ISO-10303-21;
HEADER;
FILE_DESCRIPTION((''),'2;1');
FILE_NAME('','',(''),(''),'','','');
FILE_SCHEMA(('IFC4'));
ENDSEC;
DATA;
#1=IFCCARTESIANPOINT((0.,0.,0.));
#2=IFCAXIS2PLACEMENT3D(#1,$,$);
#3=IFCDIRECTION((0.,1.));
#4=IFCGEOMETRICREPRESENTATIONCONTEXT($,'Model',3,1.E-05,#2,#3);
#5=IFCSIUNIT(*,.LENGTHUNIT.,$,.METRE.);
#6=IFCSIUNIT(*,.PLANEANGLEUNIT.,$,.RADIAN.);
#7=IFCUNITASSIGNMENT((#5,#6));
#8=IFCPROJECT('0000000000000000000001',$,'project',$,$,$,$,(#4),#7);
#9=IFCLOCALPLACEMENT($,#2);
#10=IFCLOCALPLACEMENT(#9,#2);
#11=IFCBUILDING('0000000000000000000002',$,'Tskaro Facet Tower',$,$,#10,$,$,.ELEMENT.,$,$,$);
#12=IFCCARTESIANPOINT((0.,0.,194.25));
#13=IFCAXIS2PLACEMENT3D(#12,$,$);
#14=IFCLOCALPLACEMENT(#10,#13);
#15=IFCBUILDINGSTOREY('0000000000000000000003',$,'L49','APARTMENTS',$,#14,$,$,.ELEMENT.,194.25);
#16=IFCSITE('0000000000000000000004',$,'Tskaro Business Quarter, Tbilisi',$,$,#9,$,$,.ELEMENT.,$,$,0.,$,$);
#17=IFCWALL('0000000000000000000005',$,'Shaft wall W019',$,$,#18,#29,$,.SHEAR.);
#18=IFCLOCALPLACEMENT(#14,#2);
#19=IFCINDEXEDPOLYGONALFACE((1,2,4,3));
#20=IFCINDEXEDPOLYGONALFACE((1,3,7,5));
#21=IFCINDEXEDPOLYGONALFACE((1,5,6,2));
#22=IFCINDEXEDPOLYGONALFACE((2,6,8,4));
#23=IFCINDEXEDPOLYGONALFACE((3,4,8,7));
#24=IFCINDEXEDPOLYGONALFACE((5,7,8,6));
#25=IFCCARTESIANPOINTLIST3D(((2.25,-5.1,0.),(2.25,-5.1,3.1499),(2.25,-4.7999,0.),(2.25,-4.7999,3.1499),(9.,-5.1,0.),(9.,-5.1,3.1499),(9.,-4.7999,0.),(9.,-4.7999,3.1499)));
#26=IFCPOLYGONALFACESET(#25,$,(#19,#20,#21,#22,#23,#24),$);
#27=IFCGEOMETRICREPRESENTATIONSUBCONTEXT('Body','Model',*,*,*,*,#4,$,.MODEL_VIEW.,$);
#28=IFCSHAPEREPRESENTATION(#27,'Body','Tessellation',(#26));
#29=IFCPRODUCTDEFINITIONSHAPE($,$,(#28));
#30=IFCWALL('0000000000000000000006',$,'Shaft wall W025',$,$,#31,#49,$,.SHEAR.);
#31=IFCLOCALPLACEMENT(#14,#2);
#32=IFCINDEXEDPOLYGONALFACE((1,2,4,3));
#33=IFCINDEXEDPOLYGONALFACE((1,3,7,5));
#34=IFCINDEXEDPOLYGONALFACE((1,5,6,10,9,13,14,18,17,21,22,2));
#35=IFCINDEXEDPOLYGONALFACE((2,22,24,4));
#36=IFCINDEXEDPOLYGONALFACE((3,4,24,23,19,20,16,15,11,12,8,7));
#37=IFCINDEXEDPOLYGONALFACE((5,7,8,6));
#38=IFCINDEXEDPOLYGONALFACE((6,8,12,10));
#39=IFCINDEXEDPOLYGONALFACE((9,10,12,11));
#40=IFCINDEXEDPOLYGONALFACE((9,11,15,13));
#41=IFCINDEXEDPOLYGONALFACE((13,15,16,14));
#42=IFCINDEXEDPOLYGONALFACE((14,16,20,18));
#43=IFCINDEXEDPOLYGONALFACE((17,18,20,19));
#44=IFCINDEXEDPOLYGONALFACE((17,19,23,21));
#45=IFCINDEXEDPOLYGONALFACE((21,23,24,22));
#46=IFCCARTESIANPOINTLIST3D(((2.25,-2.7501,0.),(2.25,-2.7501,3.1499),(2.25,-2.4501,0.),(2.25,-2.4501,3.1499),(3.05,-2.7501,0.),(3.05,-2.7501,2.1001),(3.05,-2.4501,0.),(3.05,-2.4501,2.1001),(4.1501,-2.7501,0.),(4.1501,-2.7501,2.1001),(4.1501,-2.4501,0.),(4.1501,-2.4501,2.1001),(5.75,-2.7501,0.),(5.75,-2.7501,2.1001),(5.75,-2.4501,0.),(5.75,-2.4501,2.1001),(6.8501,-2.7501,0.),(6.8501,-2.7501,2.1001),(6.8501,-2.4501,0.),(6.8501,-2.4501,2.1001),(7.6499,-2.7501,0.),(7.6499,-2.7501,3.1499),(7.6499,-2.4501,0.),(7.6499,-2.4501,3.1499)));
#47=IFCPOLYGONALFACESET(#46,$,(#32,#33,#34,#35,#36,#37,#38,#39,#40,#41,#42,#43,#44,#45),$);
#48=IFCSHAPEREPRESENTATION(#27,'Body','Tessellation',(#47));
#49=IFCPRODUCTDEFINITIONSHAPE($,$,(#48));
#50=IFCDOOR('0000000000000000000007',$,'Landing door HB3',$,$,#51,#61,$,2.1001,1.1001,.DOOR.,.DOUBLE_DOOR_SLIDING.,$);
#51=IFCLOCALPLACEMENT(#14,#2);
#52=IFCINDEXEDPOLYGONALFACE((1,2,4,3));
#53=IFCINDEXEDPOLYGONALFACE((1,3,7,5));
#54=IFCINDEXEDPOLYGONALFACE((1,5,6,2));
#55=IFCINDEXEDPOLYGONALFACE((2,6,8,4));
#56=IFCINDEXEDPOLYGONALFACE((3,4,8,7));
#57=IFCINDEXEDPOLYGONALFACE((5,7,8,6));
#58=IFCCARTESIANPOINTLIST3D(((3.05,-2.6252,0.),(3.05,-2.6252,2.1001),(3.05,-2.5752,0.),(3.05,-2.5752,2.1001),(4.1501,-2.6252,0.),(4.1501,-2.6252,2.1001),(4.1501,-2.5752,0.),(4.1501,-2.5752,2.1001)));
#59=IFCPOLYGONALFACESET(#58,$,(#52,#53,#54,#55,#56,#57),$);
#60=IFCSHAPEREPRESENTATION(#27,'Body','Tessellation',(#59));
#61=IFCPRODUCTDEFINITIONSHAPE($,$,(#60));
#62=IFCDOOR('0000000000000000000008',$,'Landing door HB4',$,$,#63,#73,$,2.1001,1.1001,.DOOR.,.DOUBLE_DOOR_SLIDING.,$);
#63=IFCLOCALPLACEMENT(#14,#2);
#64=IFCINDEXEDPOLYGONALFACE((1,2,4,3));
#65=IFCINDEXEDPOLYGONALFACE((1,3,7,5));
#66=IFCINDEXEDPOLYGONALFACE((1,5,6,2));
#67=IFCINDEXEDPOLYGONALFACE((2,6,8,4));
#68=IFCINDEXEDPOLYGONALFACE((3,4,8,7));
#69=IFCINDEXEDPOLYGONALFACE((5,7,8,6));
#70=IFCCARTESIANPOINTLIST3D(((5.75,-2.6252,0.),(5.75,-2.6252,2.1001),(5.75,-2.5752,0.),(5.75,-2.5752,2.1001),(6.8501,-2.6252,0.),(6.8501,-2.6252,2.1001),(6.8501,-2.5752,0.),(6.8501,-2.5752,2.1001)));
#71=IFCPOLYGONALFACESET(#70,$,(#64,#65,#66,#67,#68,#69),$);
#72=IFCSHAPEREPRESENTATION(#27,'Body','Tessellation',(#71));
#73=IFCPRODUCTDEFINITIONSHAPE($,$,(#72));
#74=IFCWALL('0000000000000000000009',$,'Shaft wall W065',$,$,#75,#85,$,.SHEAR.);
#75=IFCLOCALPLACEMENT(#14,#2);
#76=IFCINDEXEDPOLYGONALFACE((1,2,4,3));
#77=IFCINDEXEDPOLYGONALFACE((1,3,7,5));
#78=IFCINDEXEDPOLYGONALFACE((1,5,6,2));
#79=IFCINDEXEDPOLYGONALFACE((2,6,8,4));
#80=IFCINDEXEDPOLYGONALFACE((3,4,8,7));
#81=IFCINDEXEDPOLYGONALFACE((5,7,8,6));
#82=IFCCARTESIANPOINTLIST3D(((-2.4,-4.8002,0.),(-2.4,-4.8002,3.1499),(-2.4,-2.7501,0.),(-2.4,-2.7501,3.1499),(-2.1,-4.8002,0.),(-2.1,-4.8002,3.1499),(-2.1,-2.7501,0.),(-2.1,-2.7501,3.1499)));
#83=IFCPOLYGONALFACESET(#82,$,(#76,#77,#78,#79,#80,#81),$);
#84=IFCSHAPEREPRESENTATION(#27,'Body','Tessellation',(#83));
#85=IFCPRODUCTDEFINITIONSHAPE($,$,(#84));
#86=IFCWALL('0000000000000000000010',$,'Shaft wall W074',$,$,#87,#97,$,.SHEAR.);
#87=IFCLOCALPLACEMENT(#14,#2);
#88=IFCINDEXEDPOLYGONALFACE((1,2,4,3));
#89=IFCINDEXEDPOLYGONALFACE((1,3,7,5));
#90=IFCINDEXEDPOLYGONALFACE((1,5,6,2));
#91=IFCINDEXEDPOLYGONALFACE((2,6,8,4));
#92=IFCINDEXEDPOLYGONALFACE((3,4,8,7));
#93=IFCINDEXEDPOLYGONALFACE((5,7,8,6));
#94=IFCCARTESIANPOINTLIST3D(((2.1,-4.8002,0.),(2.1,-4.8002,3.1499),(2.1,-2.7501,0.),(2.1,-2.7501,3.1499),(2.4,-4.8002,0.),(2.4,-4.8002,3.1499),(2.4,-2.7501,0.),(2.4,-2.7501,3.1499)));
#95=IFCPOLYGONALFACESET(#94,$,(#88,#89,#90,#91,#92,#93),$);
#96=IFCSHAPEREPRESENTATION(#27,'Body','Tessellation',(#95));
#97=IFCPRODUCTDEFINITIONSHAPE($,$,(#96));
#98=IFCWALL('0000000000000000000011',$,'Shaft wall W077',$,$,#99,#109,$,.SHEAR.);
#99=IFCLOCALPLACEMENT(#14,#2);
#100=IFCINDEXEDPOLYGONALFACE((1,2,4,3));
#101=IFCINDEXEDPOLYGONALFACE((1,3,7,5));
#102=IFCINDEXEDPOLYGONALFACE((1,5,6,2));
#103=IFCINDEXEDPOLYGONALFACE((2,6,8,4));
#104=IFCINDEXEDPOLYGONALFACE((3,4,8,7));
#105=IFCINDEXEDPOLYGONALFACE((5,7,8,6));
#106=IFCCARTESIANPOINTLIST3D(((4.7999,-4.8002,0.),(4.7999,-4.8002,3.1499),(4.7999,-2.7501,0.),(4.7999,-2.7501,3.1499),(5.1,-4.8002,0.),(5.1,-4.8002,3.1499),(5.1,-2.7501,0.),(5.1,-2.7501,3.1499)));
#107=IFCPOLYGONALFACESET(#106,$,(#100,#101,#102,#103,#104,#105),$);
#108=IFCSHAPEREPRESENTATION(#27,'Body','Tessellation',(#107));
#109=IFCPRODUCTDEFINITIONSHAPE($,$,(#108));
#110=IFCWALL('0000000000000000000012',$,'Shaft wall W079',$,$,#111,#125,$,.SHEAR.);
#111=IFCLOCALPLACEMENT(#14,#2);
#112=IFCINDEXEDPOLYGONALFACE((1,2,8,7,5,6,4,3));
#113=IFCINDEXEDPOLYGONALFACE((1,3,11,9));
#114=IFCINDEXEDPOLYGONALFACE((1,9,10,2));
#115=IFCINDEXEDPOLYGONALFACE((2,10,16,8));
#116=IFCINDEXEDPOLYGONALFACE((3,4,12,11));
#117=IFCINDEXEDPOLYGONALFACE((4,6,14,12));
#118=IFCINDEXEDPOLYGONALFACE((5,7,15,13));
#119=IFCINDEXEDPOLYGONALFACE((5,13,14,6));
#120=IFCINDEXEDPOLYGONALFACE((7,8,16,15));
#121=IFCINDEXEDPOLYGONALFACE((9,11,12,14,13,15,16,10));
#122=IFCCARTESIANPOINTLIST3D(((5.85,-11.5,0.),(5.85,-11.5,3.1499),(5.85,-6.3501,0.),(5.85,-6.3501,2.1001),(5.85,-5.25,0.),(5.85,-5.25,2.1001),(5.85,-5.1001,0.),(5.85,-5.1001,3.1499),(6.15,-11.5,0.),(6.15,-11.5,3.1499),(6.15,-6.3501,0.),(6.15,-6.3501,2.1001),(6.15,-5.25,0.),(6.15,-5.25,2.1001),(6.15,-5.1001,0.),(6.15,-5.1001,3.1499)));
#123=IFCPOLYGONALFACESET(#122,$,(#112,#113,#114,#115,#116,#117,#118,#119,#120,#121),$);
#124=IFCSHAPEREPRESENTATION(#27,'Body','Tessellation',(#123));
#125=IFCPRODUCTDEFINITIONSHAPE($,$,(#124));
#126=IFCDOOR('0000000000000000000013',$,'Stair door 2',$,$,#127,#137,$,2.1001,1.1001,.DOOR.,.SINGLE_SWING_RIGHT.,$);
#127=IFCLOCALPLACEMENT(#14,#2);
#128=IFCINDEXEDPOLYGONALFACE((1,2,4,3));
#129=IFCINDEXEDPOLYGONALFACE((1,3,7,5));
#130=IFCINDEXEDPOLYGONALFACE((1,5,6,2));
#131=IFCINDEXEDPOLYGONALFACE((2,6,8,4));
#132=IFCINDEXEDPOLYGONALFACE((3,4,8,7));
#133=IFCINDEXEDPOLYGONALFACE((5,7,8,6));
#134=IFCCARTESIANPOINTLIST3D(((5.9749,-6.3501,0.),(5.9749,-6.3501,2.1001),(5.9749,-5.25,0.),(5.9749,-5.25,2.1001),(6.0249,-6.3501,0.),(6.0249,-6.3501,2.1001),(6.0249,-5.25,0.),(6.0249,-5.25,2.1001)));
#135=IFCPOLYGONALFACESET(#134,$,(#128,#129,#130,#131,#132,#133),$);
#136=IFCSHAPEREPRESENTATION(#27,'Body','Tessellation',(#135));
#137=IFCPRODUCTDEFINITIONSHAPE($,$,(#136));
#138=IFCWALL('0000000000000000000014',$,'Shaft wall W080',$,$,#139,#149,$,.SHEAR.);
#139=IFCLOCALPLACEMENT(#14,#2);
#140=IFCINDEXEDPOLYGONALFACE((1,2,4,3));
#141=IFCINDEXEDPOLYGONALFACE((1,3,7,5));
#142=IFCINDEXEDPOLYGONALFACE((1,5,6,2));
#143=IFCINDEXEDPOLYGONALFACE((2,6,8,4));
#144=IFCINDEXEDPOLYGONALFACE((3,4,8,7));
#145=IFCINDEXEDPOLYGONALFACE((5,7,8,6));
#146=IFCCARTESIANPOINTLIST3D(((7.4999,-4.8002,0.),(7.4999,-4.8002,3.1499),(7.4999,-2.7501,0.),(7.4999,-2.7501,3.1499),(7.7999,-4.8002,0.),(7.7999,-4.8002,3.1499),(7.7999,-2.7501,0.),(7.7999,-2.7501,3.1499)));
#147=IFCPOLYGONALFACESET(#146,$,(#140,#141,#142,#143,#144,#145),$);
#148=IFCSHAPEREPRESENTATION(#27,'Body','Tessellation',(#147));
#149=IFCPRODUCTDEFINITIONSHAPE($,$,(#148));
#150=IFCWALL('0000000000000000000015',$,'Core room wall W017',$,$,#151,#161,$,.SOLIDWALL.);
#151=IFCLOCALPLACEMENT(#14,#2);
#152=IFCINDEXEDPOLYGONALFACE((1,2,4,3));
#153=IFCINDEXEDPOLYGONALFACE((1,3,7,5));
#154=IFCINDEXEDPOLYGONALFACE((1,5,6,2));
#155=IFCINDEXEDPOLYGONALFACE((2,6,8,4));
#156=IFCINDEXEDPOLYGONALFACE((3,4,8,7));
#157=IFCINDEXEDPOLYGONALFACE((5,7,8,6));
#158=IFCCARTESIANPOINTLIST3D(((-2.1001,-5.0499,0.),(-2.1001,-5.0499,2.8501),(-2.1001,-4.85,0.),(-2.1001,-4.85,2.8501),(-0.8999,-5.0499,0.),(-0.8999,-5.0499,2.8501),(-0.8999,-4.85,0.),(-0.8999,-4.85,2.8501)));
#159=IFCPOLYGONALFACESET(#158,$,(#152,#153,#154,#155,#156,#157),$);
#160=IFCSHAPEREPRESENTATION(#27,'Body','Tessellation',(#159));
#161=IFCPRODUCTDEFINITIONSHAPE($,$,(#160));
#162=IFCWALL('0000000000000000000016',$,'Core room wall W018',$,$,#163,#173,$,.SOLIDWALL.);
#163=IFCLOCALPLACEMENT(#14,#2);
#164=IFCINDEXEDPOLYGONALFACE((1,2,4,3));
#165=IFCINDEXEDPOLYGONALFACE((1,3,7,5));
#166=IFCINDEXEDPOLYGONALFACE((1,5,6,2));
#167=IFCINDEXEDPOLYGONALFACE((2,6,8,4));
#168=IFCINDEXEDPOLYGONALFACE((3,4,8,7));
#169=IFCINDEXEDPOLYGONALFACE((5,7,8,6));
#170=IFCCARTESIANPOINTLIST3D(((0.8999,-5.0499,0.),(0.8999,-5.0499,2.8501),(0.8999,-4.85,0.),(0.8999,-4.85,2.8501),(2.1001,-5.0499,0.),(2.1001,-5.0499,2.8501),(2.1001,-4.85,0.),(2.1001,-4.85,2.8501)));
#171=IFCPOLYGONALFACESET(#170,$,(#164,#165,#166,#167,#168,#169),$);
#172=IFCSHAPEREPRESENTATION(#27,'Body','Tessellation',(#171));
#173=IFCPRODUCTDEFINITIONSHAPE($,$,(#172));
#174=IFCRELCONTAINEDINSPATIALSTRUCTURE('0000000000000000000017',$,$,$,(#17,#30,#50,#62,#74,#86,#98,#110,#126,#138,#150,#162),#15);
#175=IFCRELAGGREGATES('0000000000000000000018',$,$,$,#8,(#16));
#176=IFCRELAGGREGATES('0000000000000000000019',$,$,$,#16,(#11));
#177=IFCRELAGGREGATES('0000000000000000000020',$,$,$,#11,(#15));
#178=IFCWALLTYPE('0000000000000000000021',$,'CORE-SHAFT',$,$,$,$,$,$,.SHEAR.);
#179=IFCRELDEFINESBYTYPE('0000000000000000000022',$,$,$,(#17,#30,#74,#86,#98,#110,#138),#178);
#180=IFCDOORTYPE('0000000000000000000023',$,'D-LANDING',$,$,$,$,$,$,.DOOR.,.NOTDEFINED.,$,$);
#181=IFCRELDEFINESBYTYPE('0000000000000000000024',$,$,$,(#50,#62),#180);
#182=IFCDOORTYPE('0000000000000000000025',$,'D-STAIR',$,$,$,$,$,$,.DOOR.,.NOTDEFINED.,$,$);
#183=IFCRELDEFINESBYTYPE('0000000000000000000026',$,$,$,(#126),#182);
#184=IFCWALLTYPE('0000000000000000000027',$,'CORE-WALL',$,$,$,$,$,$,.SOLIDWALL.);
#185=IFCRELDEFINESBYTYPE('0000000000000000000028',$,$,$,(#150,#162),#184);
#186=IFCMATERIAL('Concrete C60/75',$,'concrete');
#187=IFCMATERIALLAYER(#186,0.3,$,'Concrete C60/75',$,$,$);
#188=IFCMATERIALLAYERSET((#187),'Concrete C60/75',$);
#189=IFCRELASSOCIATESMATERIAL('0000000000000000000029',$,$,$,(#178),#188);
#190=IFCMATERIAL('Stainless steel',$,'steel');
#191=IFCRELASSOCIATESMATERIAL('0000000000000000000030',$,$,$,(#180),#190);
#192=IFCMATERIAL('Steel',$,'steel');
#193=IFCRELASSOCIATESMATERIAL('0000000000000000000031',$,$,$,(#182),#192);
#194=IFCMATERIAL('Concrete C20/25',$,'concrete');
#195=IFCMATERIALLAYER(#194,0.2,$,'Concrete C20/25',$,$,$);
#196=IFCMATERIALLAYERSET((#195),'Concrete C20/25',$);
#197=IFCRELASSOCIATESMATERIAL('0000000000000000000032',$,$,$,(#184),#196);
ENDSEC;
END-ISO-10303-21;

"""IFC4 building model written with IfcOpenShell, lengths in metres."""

from ifc_helpers import new_model, si_unit, direction, frame, frame_2d, origin, place, context, subcontext, project, spatial, rectangle, extrude, material, layer, layer_set, type_object, element, fill, save


model = new_model("IFC4")

# Units and contexts
model_context = context("Model", 3, precision=1e-05, world=origin(), true_north=direction((0.0, 1.0)))
body_context = subcontext(model_context, "Body", "Model", "MODEL_VIEW")
ifc_project = project(units=[si_unit("LENGTHUNIT", "METRE"), si_unit("PLANEANGLEUNIT", "RADIAN")], contexts=[model_context])

# Site, building, storey
site_placement = place(None, origin())
site = spatial("IfcSite", under=ifc_project, at=site_placement, Name="Tskaro Business Quarter, Tbilisi", CompositionType="ELEMENT", RefElevation=0.0)
building_placement = place(site_placement, origin())
building = spatial("IfcBuilding", under=site, at=building_placement, Name="Tskaro Facet Tower", CompositionType="ELEMENT")
storey_placement = place(building_placement, frame((0.0, 0.0, 194.25)))
storey = spatial("IfcBuildingStorey", under=building, at=storey_placement, Name="L49", Description="APARTMENTS", CompositionType="ELEMENT", Elevation=194.25)

# Wall
ifc_material_1 = material(Name="Concrete C60/75", Category="concrete")
ifc_layer_1 = layer(ifc_material_1, 0.3, Name="Concrete C60/75")
ifc_layer_set_1 = layer_set([ifc_layer_1], Name="Concrete C60/75")
wall_type_1 = type_object("IfcWallType", Name="CORE-SHAFT", PredefinedType="SHEAR", material=ifc_layer_set_1)
wall_1_placement = place(storey_placement, frame((2.25, -4.95, 0.0), z_axis=(0.0, 0.0, 1.0), x_axis=(1.0, 0.0, 0.0)))
element("IfcWall", 1, at=wall_1_placement, inside=storey, type_object=wall_type_1, Name="Shaft wall W019", PredefinedType="SHEAR", context=body_context, shape_type="SweptSolid", body=[
    extrude(rectangle(XDim=6.75, YDim=0.3, at=frame_2d((3.375, 0.0))), origin(), (0.0, 0.0, 1.0), 3.1499),
])

# Wall, openings, doors
wall_2_placement = place(storey_placement, frame((2.25, -2.6001, 0.0), z_axis=(0.0, 0.0, 1.0), x_axis=(1.0, 0.0, 0.0)))
wall_2 = element("IfcWall", 2, at=wall_2_placement, inside=storey, type_object=wall_type_1, Name="Shaft wall W025", PredefinedType="SHEAR", context=body_context, shape_type="SweptSolid", body=[
    extrude(rectangle(XDim=5.3999, YDim=0.3, at=frame_2d((2.7, 0.0))), origin(), (0.0, 0.0, 1.0), 3.1499),
])
opening_1_placement = place(wall_2_placement, frame((0.8, 0.0, 0.0)))
opening_1 = element("IfcOpeningElement", 3, at=opening_1_placement, cuts=wall_2, PredefinedType="OPENING", context=body_context, shape_type="SweptSolid", body=[
    extrude(rectangle(XDim=1.1001, YDim=2.1001, at=frame_2d((0.55, 1.05))), frame((0.0, 0.1599, 0.0), z_axis=(0.0, -1.0, 0.0), x_axis=(1.0, 0.0, 0.0)), (0.0, 0.0, 1.0), 0.3201),
])
opening_2_placement = place(wall_2_placement, frame((3.5, 0.0, 0.0)))
opening_2 = element("IfcOpeningElement", 4, at=opening_2_placement, cuts=wall_2, PredefinedType="OPENING", context=body_context, shape_type="SweptSolid", body=[
    extrude(rectangle(XDim=1.1001, YDim=2.1001, at=frame_2d((0.55, 1.05))), frame((0.0, 0.1599, 0.0), z_axis=(0.0, -1.0, 0.0), x_axis=(1.0, 0.0, 0.0)), (0.0, 0.0, 1.0), 0.3201),
])
ifc_material_2 = material(Name="Stainless steel", Category="steel")
door_type_1 = type_object("IfcDoorType", Name="D-LANDING", OperationType="NOTDEFINED", PredefinedType="DOOR", material=ifc_material_2)
door_1_placement = place(opening_1_placement, origin())
door_1 = element("IfcDoor", 5, at=door_1_placement, inside=storey, type_object=door_type_1, Name="Landing door HB3", OperationType="DOUBLE_DOOR_SLIDING", OverallHeight=2.1001, OverallWidth=1.1001, PredefinedType="DOOR", context=body_context, shape_type="SweptSolid", body=[
    extrude(rectangle(XDim=1.1001, YDim=2.1001, at=frame_2d((0.55, 1.05))), frame((0.0, 0.0249, 0.0), z_axis=(0.0, -1.0, 0.0), x_axis=(1.0, 0.0, 0.0)), (0.0, 0.0, 1.0), 0.05),
])
fill(opening_1, door_1)
door_2_placement = place(opening_2_placement, origin())
door_2 = element("IfcDoor", 6, at=door_2_placement, inside=storey, type_object=door_type_1, Name="Landing door HB4", OperationType="DOUBLE_DOOR_SLIDING", OverallHeight=2.1001, OverallWidth=1.1001, PredefinedType="DOOR", context=body_context, shape_type="SweptSolid", body=[
    extrude(rectangle(XDim=1.1001, YDim=2.1001, at=frame_2d((0.55, 1.05))), frame((0.0, 0.0249, 0.0), z_axis=(0.0, -1.0, 0.0), x_axis=(1.0, 0.0, 0.0)), (0.0, 0.0, 1.0), 0.05),
])
fill(opening_2, door_2)

# Walls
for number, where, z_axis, x_axis, name in (
    (7, (-2.25, -4.8, 0.0), (0.0, 0.0, 1.0), (0.0, 1.0, 0.0), "Shaft wall W065"),
    (8, (2.25, -4.8, 0.0), (0.0, 0.0, 1.0), (0.0, 1.0, 0.0), "Shaft wall W074"),
    (9, (4.95, -4.8, 0.0), (0.0, 0.0, 1.0), (0.0, 1.0, 0.0), "Shaft wall W077"),
):
    element("IfcWall", number, at=place(storey_placement, frame(where, z_axis=z_axis, x_axis=x_axis)), inside=storey, type_object=wall_type_1, Name=name, PredefinedType="SHEAR", context=body_context, shape_type="SweptSolid", body=[
        extrude(rectangle(XDim=2.05, YDim=0.3, at=frame_2d((1.0249, 0.0))), origin(), (0.0, 0.0, 1.0), 3.1499),
    ])

# Wall, opening, door
wall_3_placement = place(storey_placement, frame((6.0, -5.1001, 0.0), z_axis=(0.0, 0.0, 1.0), x_axis=(0.0, -1.0, 0.0)))
wall_3 = element("IfcWall", 10, at=wall_3_placement, inside=storey, type_object=wall_type_1, Name="Shaft wall W079", PredefinedType="SHEAR", context=body_context, shape_type="SweptSolid", body=[
    extrude(rectangle(XDim=6.3999, YDim=0.3, at=frame_2d((3.2, 0.0))), origin(), (0.0, 0.0, 1.0), 3.1499),
])
opening_3_placement = place(wall_3_placement, frame((0.1499, 0.0, 0.0)))
opening_3 = element("IfcOpeningElement", 11, at=opening_3_placement, cuts=wall_3, PredefinedType="OPENING", context=body_context, shape_type="SweptSolid", body=[
    extrude(rectangle(XDim=1.1001, YDim=2.1001, at=frame_2d((0.55, 1.05))), frame((0.0, 0.1599, 0.0), z_axis=(0.0, -1.0, 0.0), x_axis=(1.0, 0.0, 0.0)), (0.0, 0.0, 1.0), 0.3201),
])
ifc_material_3 = material(Name="Steel", Category="steel")
door_type_2 = type_object("IfcDoorType", Name="D-STAIR", OperationType="NOTDEFINED", PredefinedType="DOOR", material=ifc_material_3)
door_3_placement = place(opening_3_placement, origin())
door_3 = element("IfcDoor", 12, at=door_3_placement, inside=storey, type_object=door_type_2, Name="Stair door 2", OperationType="SINGLE_SWING_RIGHT", OverallHeight=2.1001, OverallWidth=1.1001, PredefinedType="DOOR", context=body_context, shape_type="SweptSolid", body=[
    extrude(rectangle(XDim=1.1001, YDim=2.1001, at=frame_2d((0.55, 1.05))), frame((0.0, 0.0249, 0.0), z_axis=(0.0, -1.0, 0.0), x_axis=(1.0, 0.0, 0.0)), (0.0, 0.0, 1.0), 0.05),
])
fill(opening_3, door_3)

# Walls
wall_4_placement = place(storey_placement, frame((7.6499, -4.8, 0.0), z_axis=(0.0, 0.0, 1.0), x_axis=(0.0, 1.0, 0.0)))
element("IfcWall", 13, at=wall_4_placement, inside=storey, type_object=wall_type_1, Name="Shaft wall W080", PredefinedType="SHEAR", context=body_context, shape_type="SweptSolid", body=[
    extrude(rectangle(XDim=2.05, YDim=0.3, at=frame_2d((1.0249, 0.0))), origin(), (0.0, 0.0, 1.0), 3.1499),
])
ifc_material_4 = material(Name="Concrete C20/25", Category="concrete")
ifc_layer_2 = layer(ifc_material_4, 0.2, Name="Concrete C20/25")
ifc_layer_set_2 = layer_set([ifc_layer_2], Name="Concrete C20/25")
wall_type_2 = type_object("IfcWallType", Name="CORE-WALL", PredefinedType="SOLIDWALL", material=ifc_layer_set_2)
for number, where, z_axis, x_axis, name in (
    (14, (-2.1001, -4.95, 0.0), (0.0, 0.0, 1.0), (1.0, 0.0, 0.0), "Core room wall W017"),
    (15, (0.8999, -4.95, 0.0), (0.0, 0.0, 1.0), (1.0, 0.0, 0.0), "Core room wall W018"),
):
    element("IfcWall", number, at=place(storey_placement, frame(where, z_axis=z_axis, x_axis=x_axis)), inside=storey, type_object=wall_type_2, Name=name, PredefinedType="SOLIDWALL", context=body_context, shape_type="SweptSolid", body=[
        extrude(rectangle(XDim=1.2002, YDim=0.2, at=frame_2d((0.6001, 0.0))), origin(), (0.0, 0.0, 1.0), 2.8501),
    ])

save(model, "model.ifc")
